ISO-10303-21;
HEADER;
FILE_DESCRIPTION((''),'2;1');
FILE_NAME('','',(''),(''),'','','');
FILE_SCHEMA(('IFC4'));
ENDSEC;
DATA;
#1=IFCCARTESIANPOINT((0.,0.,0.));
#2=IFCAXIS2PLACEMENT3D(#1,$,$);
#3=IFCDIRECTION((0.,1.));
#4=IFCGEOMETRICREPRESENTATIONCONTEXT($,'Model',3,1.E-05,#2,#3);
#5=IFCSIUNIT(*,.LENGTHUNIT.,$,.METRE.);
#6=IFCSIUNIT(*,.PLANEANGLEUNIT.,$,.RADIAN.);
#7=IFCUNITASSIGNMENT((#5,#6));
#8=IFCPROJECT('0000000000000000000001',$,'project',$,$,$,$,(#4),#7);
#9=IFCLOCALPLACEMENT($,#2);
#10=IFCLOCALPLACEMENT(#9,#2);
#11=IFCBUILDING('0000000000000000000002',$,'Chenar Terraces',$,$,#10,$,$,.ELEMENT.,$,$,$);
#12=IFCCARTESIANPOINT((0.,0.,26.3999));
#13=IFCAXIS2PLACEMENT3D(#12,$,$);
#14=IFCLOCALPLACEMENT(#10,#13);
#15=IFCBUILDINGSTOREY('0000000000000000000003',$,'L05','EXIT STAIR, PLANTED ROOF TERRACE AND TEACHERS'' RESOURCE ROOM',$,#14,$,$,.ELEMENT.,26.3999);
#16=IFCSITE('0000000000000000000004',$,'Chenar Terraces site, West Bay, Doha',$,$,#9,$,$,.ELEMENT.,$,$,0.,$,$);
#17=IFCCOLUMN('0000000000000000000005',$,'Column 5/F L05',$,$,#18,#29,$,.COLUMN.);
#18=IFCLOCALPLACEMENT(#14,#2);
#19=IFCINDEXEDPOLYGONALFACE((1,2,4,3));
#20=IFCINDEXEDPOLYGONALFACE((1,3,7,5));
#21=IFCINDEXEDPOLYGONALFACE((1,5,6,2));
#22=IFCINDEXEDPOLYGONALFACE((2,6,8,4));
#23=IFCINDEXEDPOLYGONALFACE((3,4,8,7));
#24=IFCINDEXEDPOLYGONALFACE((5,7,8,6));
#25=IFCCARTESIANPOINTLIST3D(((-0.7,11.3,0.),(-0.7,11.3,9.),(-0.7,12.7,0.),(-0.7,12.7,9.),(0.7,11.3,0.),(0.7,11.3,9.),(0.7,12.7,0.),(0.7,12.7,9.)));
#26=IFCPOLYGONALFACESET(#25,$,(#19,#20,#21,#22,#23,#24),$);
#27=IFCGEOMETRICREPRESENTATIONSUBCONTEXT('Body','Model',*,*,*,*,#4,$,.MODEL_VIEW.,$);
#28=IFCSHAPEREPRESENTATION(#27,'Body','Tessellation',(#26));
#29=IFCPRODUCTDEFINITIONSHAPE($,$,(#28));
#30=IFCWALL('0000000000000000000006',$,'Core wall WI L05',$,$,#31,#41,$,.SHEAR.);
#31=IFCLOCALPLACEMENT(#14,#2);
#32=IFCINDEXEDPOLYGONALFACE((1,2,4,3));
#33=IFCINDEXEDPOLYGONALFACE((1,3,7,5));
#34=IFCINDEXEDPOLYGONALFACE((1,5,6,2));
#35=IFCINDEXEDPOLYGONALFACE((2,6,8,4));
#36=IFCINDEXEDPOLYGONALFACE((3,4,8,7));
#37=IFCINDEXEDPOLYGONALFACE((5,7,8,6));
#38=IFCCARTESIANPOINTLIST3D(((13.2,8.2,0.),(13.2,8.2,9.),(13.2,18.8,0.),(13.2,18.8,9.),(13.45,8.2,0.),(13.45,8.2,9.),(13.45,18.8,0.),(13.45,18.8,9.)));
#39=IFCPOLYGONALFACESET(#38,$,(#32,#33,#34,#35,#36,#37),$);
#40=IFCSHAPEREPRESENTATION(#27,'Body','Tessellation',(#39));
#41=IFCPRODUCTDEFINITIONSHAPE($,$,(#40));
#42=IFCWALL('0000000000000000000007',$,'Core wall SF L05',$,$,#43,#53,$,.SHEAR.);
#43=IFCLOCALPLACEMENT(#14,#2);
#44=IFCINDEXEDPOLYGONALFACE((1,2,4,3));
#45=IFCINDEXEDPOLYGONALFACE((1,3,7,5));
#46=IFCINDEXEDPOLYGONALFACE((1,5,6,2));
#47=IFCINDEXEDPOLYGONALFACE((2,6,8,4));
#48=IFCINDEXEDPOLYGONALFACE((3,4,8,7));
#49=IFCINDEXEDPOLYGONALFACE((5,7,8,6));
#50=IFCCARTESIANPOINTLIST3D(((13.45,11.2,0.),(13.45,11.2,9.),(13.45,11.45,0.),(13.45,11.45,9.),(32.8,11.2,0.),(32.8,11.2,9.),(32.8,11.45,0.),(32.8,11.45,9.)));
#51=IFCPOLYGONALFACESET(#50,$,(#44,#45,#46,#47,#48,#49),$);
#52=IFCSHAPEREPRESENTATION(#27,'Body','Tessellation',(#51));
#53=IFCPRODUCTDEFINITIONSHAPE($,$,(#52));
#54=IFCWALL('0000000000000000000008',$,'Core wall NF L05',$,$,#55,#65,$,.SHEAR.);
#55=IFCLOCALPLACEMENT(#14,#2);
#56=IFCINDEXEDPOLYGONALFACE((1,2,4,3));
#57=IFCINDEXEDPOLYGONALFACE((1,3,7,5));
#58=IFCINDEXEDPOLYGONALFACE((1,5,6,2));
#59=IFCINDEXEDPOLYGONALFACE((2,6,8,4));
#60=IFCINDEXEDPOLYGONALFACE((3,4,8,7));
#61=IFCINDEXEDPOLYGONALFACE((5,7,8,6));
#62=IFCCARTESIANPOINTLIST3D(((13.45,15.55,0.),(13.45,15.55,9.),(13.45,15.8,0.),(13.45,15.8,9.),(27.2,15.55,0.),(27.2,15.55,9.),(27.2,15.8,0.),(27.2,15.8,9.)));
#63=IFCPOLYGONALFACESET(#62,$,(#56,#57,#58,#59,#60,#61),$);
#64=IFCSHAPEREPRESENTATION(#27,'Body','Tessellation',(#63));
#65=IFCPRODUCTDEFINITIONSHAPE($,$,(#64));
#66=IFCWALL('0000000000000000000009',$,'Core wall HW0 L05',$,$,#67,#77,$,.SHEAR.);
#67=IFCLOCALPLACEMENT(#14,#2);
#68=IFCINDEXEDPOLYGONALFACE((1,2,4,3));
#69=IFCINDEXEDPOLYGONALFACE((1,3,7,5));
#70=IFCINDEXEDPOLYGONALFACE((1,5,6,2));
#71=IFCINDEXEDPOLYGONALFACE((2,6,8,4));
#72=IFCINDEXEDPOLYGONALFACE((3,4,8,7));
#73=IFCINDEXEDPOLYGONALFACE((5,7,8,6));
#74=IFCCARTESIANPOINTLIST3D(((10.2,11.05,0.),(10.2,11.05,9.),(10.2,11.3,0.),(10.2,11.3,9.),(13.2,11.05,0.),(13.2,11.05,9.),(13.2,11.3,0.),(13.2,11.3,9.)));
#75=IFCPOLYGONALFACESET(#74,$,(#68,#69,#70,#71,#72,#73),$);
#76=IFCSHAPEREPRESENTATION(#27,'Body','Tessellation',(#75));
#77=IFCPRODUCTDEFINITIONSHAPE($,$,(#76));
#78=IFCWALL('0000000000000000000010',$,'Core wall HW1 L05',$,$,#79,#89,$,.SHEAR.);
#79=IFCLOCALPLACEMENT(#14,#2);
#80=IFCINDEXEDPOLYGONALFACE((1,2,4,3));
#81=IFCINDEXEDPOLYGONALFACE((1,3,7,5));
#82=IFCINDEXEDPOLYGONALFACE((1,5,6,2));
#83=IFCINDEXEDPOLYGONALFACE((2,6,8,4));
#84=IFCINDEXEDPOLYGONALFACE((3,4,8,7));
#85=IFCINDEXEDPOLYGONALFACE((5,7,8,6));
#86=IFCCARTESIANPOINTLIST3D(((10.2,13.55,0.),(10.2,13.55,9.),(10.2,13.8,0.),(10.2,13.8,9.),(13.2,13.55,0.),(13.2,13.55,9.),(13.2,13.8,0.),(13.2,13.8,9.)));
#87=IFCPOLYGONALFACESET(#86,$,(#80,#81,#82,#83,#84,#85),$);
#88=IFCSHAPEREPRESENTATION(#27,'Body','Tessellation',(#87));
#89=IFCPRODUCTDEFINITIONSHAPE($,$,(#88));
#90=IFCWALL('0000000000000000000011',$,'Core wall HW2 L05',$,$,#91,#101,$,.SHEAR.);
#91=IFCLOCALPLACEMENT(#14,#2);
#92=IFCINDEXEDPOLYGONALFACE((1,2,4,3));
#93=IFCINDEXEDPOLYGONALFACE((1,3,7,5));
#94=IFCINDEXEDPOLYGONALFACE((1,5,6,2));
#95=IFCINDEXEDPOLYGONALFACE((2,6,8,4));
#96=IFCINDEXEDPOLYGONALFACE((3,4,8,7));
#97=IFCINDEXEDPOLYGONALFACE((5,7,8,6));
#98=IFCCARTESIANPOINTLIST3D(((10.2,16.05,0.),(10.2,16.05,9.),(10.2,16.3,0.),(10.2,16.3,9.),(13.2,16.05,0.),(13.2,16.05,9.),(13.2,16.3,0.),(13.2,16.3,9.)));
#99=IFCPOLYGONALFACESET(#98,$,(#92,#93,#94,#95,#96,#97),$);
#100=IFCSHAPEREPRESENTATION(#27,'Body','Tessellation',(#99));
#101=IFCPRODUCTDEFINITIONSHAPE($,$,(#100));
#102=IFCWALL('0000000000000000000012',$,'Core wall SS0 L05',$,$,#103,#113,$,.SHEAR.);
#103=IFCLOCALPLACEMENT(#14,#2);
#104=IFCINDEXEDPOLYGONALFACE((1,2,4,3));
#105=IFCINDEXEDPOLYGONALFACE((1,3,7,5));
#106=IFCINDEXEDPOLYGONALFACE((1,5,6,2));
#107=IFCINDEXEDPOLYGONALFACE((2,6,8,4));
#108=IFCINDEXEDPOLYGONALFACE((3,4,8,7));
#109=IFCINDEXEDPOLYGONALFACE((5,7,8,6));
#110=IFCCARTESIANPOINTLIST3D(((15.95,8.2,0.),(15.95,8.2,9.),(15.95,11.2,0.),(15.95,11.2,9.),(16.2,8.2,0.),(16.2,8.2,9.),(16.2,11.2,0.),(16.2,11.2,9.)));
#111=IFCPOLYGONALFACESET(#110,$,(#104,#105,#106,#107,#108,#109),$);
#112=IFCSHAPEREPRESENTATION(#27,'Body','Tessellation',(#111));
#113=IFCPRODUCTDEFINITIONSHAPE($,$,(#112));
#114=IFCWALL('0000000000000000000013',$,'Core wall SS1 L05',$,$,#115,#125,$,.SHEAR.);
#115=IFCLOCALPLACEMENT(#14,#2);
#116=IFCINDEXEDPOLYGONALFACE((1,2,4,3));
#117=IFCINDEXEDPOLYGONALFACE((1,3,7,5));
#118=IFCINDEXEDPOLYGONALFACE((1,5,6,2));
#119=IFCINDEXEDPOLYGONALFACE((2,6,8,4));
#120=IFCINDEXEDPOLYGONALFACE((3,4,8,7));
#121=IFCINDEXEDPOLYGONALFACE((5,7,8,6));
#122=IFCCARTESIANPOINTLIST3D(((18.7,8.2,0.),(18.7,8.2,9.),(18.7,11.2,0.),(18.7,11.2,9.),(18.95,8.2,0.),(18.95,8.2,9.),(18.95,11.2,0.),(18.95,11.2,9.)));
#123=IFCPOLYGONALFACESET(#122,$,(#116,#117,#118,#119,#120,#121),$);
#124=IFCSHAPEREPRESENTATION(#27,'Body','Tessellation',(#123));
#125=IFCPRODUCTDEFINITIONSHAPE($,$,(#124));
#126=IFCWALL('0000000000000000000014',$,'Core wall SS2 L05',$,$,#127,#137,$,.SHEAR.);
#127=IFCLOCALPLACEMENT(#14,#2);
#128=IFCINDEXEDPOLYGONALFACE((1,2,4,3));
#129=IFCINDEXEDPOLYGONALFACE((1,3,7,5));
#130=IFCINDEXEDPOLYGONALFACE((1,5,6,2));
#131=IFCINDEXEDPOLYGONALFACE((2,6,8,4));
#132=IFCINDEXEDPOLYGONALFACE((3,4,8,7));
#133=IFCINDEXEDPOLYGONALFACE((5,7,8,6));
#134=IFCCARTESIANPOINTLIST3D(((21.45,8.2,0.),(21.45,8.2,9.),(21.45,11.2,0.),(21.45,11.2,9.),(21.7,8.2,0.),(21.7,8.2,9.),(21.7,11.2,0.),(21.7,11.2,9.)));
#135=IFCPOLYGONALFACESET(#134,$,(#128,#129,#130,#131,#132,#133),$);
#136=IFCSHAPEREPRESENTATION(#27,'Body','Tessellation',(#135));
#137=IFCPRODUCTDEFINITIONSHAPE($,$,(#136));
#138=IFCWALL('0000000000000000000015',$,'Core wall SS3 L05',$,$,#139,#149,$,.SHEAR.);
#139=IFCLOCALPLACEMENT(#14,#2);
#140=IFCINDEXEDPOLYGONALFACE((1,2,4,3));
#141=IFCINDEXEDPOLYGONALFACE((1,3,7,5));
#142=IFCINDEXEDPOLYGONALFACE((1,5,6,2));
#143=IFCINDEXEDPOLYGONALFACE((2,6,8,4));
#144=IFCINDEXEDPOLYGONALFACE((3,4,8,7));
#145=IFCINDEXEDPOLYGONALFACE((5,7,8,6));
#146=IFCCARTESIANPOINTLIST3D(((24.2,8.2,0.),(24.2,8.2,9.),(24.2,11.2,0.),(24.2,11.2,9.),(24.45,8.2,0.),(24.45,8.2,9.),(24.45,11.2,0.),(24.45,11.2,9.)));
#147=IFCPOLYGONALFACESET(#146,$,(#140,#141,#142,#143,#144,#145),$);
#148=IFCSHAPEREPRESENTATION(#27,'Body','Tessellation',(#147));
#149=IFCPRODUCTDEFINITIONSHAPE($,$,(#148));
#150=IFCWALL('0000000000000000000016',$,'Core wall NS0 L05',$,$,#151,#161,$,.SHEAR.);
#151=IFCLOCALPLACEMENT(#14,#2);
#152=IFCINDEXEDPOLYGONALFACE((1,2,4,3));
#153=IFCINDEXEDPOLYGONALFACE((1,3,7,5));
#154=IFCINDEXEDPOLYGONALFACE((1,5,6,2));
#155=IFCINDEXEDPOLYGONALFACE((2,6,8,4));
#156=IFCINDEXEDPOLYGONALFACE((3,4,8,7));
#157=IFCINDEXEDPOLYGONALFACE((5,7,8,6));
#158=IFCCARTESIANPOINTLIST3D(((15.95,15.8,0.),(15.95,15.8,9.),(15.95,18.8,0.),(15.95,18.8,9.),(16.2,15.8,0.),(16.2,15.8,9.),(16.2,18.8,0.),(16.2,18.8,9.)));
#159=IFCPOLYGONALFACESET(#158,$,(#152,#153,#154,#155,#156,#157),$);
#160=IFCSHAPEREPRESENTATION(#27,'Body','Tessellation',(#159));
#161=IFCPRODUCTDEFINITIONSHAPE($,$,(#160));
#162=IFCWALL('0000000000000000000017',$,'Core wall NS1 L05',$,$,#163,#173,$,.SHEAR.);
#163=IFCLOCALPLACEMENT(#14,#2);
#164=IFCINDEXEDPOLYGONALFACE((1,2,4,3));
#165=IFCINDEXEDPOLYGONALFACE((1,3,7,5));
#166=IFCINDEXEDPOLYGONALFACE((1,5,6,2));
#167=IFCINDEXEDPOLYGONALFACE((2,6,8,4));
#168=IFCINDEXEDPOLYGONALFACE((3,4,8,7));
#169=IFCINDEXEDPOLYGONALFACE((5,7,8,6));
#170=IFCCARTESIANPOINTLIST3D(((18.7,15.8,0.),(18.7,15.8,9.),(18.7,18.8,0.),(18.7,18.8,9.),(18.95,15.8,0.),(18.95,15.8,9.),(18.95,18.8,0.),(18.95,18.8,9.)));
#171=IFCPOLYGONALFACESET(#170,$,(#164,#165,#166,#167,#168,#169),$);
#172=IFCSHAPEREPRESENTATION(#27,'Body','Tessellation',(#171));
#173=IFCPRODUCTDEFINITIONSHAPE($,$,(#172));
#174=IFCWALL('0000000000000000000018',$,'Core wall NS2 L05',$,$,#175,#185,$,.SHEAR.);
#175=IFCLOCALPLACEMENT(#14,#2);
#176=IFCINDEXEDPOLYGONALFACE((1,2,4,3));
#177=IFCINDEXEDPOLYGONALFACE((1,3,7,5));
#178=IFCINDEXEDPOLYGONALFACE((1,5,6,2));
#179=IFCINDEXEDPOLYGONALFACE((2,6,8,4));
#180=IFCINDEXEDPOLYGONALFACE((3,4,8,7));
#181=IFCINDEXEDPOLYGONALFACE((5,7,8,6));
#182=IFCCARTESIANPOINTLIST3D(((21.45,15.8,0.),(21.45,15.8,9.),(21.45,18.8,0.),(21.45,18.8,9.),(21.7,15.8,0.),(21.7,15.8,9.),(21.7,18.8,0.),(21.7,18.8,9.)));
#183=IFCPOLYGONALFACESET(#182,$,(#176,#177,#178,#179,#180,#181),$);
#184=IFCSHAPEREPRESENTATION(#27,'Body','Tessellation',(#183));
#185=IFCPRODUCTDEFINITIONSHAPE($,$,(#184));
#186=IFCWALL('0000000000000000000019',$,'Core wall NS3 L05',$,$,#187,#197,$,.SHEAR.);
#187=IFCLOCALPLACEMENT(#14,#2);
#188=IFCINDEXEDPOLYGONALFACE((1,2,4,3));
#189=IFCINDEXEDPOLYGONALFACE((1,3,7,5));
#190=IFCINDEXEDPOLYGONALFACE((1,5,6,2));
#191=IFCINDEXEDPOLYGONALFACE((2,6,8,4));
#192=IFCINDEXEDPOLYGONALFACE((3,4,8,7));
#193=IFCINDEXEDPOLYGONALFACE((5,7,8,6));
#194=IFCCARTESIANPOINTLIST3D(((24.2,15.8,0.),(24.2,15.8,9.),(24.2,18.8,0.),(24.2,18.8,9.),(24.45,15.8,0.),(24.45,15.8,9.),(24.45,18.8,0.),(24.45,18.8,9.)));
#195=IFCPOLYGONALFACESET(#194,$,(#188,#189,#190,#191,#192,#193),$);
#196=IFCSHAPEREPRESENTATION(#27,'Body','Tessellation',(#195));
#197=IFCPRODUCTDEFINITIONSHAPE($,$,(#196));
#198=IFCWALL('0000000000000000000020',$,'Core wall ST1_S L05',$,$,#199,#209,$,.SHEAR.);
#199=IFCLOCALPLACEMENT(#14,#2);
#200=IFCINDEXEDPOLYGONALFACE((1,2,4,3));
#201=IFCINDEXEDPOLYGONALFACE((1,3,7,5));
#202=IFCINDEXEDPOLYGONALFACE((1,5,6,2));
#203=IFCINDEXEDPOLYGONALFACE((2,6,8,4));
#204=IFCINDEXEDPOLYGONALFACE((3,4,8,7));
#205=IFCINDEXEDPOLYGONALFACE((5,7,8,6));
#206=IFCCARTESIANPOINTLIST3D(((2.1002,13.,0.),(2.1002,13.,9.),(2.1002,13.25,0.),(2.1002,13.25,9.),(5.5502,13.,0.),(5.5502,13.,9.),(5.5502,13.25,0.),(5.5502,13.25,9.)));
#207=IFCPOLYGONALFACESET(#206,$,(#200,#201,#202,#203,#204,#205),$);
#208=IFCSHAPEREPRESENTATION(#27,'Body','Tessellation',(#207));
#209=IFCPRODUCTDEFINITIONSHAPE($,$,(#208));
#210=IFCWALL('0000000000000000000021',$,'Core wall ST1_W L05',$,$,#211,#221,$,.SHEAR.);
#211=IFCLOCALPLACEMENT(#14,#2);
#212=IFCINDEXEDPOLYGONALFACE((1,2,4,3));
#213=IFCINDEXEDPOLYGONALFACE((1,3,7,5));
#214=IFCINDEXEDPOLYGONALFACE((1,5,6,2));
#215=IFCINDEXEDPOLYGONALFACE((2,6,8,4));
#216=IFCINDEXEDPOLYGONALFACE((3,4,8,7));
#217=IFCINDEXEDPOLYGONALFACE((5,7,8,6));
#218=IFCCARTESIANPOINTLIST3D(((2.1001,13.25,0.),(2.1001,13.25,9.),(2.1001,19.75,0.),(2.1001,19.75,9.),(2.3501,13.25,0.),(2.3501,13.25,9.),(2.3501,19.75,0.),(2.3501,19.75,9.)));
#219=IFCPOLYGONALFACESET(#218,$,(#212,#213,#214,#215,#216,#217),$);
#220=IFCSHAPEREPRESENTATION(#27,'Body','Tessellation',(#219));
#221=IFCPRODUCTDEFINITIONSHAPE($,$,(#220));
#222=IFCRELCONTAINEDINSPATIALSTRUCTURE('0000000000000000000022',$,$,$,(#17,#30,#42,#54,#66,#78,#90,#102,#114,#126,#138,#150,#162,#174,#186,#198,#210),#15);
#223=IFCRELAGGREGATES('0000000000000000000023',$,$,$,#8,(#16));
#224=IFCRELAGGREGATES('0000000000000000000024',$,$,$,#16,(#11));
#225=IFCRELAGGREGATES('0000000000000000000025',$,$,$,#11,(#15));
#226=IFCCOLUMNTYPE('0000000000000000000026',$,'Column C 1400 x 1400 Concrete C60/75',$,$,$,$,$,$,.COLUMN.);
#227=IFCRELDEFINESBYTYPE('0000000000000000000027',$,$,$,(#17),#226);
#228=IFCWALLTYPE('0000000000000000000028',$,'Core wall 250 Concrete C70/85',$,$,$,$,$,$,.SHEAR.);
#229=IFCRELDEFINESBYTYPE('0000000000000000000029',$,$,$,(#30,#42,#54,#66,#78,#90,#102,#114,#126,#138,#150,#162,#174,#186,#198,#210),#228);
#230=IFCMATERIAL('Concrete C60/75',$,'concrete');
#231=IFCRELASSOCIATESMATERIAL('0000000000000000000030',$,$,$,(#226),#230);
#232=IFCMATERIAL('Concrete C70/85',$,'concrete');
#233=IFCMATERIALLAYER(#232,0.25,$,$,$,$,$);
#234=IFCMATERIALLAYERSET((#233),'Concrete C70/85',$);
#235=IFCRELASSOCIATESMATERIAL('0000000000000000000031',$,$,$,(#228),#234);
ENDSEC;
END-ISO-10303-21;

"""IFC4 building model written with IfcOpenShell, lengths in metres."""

from ifc_helpers import new_model, si_unit, direction, frame, frame_2d, origin, origin_2d, place, context, subcontext, project, spatial, rectangle, extrude, material, layer, layer_set, material_profile, profile_set, type_object, element, save


model = new_model("IFC4")

# Units and contexts
model_context = context("Model", 3, precision=1e-05, world=origin(), true_north=direction((0.0, 1.0)))
body_context = subcontext(model_context, "Body", "Model", "MODEL_VIEW")
ifc_project = project(units=[si_unit("LENGTHUNIT", "METRE"), si_unit("PLANEANGLEUNIT", "RADIAN")], contexts=[model_context])

# Site, building, storey
site_placement = place(None, origin())
site = spatial("IfcSite", under=ifc_project, at=site_placement, Name="Chenar Terraces site, West Bay, Doha", CompositionType="ELEMENT", RefElevation=0.0)
building_placement = place(site_placement, origin())
building = spatial("IfcBuilding", under=site, at=building_placement, Name="Chenar Terraces", CompositionType="ELEMENT")
storey_placement = place(building_placement, frame((0.0, 0.0, 26.3999)))
storey = spatial("IfcBuildingStorey", under=building, at=storey_placement, Name="L05", Description="EXIT STAIR, PLANTED ROOF TERRACE AND TEACHERS' RESOURCE ROOM", CompositionType="ELEMENT", Elevation=26.3999)

# Column
ifc_material_1 = material(Name="Concrete C60/75", Category="concrete")
ifc_material_profile = material_profile(ifc_material_1, rectangle(XDim=1.3999, YDim=1.3999, at=origin_2d()), Name="C 1400 x 1400")
ifc_profile_set = profile_set([ifc_material_profile], Name="Concrete C60/75")
column_type = type_object("IfcColumnType", Name="Column C 1400 x 1400 Concrete C60/75", PredefinedType="COLUMN", material=ifc_profile_set)
column_placement = place(storey_placement, frame((0.0, 12.0, 0.0), z_axis=(0.0, 0.0, 1.0), x_axis=(1.0, 0.0, 0.0)))
element("IfcColumn", 1, at=column_placement, inside=storey, type_object=column_type, Name="Column 5/F L05", PredefinedType="COLUMN", context=body_context, shape_type="SweptSolid", body=[
    extrude(rectangle(XDim=1.3999, YDim=1.3999, at=origin_2d()), origin(), (0.0, 0.0, 1.0), 9.0),
])

# Walls
ifc_material_2 = material(Name="Concrete C70/85", Category="concrete")
ifc_layer = layer(ifc_material_2, 0.25)
ifc_layer_set = layer_set([ifc_layer], Name="Concrete C70/85")
wall_type = type_object("IfcWallType", Name="Core wall 250 Concrete C70/85", PredefinedType="SHEAR", material=ifc_layer_set)
wall_1_placement = place(storey_placement, frame((13.325, 8.2, 0.0), z_axis=(0.0, 0.0, 1.0), x_axis=(0.0, 1.0, 0.0)))
element("IfcWall", 2, at=wall_1_placement, inside=storey, type_object=wall_type, Name="Core wall WI L05", PredefinedType="SHEAR", context=body_context, shape_type="SweptSolid", body=[
    extrude(rectangle(XDim=10.6001, YDim=0.25, at=frame_2d((5.3, 0.0))), origin(), (0.0, 0.0, 1.0), 9.0),
])
wall_2_placement = place(storey_placement, frame((13.45, 11.325, 0.0), z_axis=(0.0, 0.0, 1.0), x_axis=(1.0, 0.0, 0.0)))
element("IfcWall", 3, at=wall_2_placement, inside=storey, type_object=wall_type, Name="Core wall SF L05", PredefinedType="SHEAR", context=body_context, shape_type="SweptSolid", body=[
    extrude(rectangle(XDim=19.3501, YDim=0.25, at=frame_2d((9.675, 0.0))), origin(), (0.0, 0.0, 1.0), 9.0),
])
wall_3_placement = place(storey_placement, frame((13.45, 15.675, 0.0), z_axis=(0.0, 0.0, 1.0), x_axis=(1.0, 0.0, 0.0)))
element("IfcWall", 4, at=wall_3_placement, inside=storey, type_object=wall_type, Name="Core wall NF L05", PredefinedType="SHEAR", context=body_context, shape_type="SweptSolid", body=[
    extrude(rectangle(XDim=13.75, YDim=0.25, at=frame_2d((6.875, 0.0))), origin(), (0.0, 0.0, 1.0), 9.0),
])
for number, where, z_axis, x_axis, name in (
    (5, (10.2, 11.175, 0.0), (0.0, 0.0, 1.0), (1.0, 0.0, 0.0), "Core wall HW0 L05"),
    (6, (10.2, 13.675, 0.0), (0.0, 0.0, 1.0), (1.0, 0.0, 0.0), "Core wall HW1 L05"),
    (7, (10.2, 16.175, 0.0), (0.0, 0.0, 1.0), (1.0, 0.0, 0.0), "Core wall HW2 L05"),
    (8, (16.075, 8.2, 0.0), (0.0, 0.0, 1.0), (0.0, 1.0, 0.0), "Core wall SS0 L05"),
    (9, (18.825, 8.2, 0.0), (0.0, 0.0, 1.0), (0.0, 1.0, 0.0), "Core wall SS1 L05"),
    (10, (21.575, 8.2, 0.0), (0.0, 0.0, 1.0), (0.0, 1.0, 0.0), "Core wall SS2 L05"),
    (11, (24.325, 8.2, 0.0), (0.0, 0.0, 1.0), (0.0, 1.0, 0.0), "Core wall SS3 L05"),
    (12, (16.075, 15.8, 0.0), (0.0, 0.0, 1.0), (0.0, 1.0, 0.0), "Core wall NS0 L05"),
    (13, (18.825, 15.8, 0.0), (0.0, 0.0, 1.0), (0.0, 1.0, 0.0), "Core wall NS1 L05"),
    (14, (21.575, 15.8, 0.0), (0.0, 0.0, 1.0), (0.0, 1.0, 0.0), "Core wall NS2 L05"),
    (15, (24.325, 15.8, 0.0), (0.0, 0.0, 1.0), (0.0, 1.0, 0.0), "Core wall NS3 L05"),
):
    element("IfcWall", number, at=place(storey_placement, frame(where, z_axis=z_axis, x_axis=x_axis)), inside=storey, type_object=wall_type, Name=name, PredefinedType="SHEAR", context=body_context, shape_type="SweptSolid", body=[
        extrude(rectangle(XDim=3.0, YDim=0.25, at=frame_2d((1.5, 0.0))), origin(), (0.0, 0.0, 1.0), 9.0),
    ])
wall_4_placement = place(storey_placement, frame((2.1001, 13.125, 0.0), z_axis=(0.0, 0.0, 1.0), x_axis=(1.0, 0.0, 0.0)))
element("IfcWall", 16, at=wall_4_placement, inside=storey, type_object=wall_type, Name="Core wall ST1_S L05", PredefinedType="SHEAR", context=body_context, shape_type="SweptSolid", body=[
    extrude(rectangle(XDim=3.45, YDim=0.25, at=frame_2d((1.7251, 0.0))), origin(), (0.0, 0.0, 1.0), 9.0),
])
wall_5_placement = place(storey_placement, frame((2.2251, 13.25, 0.0), z_axis=(0.0, 0.0, 1.0), x_axis=(0.0, 1.0, 0.0)))
element("IfcWall", 17, at=wall_5_placement, inside=storey, type_object=wall_type, Name="Core wall ST1_W L05", PredefinedType="SHEAR", context=body_context, shape_type="SweptSolid", body=[
    extrude(rectangle(XDim=6.5, YDim=0.25, at=frame_2d((3.25, 0.0))), origin(), (0.0, 0.0, 1.0), 9.0),
])

save(model, "model.ifc")
